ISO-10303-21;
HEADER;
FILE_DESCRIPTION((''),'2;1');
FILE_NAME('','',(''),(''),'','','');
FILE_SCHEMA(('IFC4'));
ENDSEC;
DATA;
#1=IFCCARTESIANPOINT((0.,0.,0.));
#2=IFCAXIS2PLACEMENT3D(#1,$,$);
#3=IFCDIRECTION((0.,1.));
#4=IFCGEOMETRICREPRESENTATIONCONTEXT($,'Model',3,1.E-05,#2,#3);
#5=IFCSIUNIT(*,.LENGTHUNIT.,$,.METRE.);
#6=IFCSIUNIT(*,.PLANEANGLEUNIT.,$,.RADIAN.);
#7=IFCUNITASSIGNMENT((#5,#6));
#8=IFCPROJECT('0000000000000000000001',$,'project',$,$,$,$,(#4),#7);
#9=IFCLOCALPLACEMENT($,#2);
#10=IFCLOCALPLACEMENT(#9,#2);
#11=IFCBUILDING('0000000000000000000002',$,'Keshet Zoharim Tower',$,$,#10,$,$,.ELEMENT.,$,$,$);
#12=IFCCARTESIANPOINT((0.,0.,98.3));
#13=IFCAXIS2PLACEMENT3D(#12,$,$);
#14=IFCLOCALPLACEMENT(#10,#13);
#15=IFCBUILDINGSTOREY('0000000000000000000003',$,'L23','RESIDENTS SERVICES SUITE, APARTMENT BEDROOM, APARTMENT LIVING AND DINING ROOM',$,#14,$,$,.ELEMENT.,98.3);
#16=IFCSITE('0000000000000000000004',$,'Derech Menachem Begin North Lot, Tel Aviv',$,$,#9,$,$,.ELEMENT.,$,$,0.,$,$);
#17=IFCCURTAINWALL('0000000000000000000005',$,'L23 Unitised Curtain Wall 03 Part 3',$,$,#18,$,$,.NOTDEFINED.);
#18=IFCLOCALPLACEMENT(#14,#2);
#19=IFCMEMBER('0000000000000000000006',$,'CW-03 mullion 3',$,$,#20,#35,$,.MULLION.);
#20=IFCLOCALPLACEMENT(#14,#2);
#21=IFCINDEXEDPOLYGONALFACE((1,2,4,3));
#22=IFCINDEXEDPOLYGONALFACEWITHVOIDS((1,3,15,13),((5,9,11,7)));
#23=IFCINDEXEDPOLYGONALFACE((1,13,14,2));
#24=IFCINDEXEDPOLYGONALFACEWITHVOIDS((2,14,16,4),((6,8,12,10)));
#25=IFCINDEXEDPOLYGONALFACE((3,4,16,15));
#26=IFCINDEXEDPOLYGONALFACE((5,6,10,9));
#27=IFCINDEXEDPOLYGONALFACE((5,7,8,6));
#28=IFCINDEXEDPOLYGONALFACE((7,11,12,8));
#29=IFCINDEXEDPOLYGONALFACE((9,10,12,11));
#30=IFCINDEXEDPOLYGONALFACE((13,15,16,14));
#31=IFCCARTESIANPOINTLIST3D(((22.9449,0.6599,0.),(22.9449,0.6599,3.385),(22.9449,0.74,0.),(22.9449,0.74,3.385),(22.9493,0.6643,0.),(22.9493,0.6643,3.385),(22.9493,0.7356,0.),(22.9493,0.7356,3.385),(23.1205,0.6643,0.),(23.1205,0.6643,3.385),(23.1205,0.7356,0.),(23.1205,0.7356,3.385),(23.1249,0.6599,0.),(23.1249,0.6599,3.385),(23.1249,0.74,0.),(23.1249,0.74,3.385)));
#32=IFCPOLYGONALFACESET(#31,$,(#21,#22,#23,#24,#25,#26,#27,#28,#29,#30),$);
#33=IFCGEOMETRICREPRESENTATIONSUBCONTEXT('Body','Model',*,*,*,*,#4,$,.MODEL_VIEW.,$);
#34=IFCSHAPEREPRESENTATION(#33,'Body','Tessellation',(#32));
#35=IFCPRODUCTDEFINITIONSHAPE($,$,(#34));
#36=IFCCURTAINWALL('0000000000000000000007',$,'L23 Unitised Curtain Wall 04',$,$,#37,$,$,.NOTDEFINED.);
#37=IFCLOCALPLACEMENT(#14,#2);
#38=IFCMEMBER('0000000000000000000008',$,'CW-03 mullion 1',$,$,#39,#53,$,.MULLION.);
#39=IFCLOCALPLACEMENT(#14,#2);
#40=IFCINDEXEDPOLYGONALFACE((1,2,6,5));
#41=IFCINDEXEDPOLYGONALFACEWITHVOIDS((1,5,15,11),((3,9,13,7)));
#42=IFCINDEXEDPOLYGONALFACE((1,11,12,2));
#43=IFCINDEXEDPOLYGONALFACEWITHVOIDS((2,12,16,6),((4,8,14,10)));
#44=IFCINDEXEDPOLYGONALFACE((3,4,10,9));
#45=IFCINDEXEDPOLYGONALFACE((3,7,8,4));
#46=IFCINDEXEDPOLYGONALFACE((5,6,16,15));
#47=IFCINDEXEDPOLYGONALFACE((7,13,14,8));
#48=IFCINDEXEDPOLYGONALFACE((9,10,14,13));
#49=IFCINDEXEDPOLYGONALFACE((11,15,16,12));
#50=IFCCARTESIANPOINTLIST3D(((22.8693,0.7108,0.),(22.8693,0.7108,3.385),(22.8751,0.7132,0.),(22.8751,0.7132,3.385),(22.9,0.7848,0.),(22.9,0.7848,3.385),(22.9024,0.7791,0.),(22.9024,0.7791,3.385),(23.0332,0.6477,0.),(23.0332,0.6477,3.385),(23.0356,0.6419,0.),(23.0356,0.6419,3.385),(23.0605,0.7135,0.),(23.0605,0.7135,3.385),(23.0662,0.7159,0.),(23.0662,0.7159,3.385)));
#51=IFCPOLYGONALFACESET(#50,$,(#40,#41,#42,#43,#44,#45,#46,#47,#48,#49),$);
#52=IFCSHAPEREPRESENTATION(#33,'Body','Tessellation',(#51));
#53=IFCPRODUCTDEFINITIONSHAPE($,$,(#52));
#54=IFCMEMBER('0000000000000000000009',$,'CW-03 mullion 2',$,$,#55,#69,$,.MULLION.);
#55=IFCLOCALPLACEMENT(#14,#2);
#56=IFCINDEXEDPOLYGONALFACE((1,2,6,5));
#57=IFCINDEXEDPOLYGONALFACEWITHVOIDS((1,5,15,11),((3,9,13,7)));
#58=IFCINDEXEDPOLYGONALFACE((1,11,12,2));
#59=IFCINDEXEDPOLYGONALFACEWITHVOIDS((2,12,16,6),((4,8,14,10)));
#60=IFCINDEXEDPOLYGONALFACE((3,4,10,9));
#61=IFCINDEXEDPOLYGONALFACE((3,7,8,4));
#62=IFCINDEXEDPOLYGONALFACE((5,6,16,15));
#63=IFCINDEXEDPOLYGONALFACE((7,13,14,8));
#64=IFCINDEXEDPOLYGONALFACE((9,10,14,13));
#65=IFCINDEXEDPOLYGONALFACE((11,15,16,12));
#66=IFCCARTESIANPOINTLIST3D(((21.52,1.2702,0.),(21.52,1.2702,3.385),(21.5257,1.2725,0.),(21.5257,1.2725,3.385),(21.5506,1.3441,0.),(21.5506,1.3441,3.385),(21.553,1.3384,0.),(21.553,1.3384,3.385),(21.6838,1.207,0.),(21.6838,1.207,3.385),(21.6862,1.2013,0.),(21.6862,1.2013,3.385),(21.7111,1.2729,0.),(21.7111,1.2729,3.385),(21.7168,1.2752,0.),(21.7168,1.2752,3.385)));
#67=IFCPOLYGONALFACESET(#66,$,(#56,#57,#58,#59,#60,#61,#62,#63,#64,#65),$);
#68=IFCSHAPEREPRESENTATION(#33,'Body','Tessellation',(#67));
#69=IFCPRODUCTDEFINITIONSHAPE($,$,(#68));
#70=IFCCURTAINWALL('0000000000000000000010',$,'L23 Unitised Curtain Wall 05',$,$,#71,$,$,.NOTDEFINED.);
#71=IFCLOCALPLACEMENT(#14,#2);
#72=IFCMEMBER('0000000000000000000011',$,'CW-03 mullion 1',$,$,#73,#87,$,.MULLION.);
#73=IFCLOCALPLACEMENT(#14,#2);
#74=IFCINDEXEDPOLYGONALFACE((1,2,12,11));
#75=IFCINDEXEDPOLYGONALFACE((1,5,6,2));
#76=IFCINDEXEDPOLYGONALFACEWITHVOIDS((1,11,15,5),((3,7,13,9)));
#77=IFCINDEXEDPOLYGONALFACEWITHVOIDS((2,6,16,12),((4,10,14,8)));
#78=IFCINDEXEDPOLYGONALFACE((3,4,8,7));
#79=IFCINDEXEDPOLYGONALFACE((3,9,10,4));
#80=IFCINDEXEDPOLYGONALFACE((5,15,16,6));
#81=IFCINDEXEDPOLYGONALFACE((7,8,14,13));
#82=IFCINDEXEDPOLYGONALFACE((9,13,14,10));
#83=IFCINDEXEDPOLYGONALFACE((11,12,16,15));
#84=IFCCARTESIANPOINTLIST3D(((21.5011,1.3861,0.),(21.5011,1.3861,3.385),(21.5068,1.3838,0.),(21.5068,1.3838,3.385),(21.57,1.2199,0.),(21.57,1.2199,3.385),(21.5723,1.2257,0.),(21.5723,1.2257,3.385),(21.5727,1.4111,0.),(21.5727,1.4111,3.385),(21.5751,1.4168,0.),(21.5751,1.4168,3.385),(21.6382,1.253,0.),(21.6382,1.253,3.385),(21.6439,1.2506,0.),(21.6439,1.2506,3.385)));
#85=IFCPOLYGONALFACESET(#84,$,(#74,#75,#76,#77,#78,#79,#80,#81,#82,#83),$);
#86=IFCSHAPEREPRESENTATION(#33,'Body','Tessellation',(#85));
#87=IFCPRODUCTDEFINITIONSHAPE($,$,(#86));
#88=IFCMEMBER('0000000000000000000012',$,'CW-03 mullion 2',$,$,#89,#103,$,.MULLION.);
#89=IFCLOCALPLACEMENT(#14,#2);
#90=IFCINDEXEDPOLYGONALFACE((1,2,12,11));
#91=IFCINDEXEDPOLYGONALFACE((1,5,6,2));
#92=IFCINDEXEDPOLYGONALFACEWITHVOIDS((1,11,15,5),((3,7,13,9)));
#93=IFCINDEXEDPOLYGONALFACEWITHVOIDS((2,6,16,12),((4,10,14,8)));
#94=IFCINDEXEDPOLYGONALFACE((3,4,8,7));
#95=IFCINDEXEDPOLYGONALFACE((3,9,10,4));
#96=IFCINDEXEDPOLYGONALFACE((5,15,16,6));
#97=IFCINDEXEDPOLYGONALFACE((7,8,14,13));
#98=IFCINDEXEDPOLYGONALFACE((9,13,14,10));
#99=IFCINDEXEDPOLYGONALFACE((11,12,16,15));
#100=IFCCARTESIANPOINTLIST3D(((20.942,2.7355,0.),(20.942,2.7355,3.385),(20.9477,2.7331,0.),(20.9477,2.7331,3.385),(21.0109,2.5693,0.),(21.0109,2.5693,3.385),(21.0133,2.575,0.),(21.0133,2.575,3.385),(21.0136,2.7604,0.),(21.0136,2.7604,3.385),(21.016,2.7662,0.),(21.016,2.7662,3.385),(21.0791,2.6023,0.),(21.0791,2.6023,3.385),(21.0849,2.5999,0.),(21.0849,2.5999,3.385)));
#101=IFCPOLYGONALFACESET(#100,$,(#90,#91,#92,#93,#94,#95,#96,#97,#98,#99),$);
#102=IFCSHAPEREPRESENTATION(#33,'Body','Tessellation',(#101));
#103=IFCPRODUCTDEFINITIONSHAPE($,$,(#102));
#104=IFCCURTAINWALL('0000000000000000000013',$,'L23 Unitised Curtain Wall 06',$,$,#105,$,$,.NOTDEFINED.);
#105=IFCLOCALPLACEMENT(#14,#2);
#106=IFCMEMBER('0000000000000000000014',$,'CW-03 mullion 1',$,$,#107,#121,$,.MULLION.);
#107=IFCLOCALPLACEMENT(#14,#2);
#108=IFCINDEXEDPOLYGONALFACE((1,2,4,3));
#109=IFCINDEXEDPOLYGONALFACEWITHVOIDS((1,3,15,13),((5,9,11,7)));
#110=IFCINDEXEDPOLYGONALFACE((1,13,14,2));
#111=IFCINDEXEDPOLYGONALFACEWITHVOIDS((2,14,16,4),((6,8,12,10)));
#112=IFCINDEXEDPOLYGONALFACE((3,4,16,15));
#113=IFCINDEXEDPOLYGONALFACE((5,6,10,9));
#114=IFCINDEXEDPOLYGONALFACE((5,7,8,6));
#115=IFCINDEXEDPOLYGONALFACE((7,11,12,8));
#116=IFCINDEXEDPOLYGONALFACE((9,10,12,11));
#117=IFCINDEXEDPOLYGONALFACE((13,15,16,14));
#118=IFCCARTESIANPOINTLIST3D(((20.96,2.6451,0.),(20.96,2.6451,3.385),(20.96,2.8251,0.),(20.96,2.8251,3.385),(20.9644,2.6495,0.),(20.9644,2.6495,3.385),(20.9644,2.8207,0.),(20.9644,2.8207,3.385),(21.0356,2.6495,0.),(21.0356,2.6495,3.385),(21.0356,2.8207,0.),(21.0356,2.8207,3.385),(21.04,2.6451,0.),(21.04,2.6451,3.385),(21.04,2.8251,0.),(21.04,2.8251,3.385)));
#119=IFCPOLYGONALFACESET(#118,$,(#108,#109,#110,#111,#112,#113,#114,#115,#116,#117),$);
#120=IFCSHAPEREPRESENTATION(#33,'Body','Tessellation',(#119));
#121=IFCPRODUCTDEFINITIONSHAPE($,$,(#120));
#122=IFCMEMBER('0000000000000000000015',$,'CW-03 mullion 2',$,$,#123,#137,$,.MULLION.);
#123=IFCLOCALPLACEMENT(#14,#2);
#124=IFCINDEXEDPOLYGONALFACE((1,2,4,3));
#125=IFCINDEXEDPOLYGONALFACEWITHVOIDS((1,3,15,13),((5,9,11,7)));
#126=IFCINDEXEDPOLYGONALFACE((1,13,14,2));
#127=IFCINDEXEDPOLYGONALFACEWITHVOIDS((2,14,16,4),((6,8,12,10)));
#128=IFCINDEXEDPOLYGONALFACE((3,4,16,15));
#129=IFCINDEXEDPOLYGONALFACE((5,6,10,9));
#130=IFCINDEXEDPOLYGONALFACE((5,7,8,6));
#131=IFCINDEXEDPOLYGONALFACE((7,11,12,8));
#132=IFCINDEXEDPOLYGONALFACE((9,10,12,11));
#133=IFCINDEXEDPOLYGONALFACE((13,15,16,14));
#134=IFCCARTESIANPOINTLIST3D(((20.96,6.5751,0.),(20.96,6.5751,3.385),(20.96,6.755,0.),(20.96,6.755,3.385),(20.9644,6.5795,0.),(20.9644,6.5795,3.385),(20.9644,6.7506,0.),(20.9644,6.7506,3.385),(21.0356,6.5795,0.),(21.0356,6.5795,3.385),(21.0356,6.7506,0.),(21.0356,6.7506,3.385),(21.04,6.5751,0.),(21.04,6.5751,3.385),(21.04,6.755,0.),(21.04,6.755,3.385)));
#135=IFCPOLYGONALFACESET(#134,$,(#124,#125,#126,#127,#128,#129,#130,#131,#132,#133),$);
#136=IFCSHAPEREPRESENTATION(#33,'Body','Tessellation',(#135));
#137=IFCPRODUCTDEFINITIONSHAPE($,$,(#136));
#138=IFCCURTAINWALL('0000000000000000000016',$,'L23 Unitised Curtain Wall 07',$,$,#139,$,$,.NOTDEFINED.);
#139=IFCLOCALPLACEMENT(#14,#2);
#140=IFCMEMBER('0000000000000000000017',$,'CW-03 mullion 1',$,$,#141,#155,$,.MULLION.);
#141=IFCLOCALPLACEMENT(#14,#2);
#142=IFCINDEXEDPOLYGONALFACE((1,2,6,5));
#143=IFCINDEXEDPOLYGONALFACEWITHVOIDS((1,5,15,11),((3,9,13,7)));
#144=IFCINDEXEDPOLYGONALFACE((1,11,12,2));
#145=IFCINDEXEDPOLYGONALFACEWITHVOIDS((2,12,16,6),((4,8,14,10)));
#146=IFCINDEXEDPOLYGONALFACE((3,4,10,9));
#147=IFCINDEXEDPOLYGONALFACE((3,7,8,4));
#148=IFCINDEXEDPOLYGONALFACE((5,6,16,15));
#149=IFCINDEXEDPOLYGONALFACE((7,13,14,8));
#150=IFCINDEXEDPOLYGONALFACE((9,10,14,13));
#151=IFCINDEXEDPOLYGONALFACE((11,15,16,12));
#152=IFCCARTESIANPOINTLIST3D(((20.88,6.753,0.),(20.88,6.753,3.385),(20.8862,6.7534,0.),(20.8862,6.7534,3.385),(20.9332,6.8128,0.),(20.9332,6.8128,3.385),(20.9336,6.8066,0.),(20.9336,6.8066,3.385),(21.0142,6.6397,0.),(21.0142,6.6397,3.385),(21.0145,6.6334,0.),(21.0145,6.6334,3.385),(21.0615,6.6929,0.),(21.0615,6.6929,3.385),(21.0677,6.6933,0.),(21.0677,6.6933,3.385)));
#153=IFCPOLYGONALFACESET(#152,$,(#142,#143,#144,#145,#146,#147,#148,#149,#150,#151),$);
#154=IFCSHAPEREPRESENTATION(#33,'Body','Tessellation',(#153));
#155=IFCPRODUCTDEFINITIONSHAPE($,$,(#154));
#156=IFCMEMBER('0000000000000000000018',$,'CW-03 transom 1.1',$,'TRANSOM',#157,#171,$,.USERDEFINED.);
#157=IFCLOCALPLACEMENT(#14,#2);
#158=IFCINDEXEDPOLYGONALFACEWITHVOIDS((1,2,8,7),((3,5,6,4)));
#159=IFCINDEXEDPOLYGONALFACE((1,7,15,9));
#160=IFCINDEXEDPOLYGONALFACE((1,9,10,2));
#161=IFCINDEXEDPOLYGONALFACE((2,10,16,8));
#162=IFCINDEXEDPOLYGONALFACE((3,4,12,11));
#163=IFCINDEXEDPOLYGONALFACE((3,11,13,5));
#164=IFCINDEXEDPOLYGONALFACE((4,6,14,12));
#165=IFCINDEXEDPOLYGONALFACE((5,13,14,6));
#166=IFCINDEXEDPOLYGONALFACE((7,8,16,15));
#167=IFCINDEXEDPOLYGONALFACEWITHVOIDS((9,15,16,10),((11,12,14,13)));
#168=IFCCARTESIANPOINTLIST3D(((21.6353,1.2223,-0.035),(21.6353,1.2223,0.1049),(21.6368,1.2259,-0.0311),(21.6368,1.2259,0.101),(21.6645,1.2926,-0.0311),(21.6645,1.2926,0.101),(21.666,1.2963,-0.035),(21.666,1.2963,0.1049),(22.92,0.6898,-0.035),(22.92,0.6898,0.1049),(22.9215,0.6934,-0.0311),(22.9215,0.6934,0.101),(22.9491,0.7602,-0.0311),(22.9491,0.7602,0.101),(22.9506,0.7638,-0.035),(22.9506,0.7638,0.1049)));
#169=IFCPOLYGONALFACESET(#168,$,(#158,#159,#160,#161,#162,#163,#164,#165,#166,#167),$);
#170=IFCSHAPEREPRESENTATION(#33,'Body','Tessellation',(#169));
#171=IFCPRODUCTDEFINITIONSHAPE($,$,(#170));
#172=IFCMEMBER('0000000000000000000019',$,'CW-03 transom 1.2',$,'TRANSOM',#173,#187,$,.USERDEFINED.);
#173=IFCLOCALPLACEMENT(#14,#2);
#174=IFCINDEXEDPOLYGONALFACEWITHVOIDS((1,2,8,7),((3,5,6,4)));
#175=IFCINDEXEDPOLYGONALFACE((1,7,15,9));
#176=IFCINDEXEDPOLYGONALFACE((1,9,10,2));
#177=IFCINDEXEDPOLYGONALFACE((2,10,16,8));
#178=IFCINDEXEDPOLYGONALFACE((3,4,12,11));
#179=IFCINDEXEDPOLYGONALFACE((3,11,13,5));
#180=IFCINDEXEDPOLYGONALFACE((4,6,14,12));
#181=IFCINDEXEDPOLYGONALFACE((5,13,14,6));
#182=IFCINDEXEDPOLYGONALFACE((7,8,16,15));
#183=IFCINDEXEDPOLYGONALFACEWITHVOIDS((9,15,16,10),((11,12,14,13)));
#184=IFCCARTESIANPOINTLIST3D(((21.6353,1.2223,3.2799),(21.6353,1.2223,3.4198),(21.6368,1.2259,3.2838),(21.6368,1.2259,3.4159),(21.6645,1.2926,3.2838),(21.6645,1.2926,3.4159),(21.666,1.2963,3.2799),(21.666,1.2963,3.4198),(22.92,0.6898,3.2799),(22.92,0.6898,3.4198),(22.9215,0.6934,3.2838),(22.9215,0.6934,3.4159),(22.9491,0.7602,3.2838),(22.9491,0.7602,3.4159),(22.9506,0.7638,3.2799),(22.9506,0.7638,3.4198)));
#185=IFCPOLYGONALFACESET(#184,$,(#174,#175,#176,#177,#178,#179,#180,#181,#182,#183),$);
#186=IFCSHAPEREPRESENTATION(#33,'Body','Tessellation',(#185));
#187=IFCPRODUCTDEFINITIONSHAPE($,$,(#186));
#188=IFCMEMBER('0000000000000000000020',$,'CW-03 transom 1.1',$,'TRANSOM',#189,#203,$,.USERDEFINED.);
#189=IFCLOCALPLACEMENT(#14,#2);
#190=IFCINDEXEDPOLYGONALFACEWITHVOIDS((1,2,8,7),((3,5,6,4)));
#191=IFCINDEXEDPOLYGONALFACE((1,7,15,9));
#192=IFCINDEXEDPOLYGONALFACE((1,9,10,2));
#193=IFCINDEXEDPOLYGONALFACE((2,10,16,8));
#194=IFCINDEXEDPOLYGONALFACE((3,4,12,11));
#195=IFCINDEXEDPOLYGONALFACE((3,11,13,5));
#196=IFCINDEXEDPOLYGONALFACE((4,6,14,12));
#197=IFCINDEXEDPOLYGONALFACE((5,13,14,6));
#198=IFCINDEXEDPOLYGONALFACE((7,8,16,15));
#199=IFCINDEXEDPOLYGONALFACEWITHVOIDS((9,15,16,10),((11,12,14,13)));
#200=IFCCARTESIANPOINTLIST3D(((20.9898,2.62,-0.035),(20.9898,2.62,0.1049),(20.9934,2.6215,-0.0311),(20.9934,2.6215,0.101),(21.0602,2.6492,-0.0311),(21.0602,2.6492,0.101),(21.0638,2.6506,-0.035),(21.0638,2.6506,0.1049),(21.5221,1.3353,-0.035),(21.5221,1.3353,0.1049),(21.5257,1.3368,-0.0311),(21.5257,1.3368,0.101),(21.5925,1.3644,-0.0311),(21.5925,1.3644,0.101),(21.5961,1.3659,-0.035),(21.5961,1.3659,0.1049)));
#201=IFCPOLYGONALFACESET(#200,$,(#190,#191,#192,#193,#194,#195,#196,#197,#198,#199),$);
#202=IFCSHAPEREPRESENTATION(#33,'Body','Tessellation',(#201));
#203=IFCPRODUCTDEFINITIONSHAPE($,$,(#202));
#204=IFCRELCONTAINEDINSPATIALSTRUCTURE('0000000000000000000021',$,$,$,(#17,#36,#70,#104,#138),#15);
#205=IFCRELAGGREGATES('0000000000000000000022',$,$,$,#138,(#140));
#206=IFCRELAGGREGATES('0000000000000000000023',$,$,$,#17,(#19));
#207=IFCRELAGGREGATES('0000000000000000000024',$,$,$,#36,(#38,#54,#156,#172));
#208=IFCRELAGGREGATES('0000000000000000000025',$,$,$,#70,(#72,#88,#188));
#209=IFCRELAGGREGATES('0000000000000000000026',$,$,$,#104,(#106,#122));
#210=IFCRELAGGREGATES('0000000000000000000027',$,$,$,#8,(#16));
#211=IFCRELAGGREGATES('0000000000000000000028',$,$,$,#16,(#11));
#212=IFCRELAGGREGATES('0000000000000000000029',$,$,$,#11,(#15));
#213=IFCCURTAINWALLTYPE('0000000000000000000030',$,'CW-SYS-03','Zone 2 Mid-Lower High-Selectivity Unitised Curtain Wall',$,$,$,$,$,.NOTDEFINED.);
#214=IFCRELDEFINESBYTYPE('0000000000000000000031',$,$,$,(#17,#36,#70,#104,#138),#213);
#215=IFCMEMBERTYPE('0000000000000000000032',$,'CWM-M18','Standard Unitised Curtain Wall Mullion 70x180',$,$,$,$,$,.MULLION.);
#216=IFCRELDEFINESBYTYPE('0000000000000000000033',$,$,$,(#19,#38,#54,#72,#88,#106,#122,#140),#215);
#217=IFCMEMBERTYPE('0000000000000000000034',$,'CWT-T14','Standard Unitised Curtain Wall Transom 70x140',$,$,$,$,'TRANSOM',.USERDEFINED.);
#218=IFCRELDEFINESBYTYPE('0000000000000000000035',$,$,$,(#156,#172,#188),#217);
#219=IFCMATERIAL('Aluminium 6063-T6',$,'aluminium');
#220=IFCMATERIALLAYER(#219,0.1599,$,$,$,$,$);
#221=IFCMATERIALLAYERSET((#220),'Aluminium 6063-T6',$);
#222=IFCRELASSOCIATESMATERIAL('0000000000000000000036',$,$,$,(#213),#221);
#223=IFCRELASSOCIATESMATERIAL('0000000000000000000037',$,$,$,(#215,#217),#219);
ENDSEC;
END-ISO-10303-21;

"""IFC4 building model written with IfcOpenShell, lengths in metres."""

from ifc_helpers import new_model, si_unit, direction, frame, origin, origin_2d, place, context, subcontext, project, spatial, hollow_rectangle, extrude, material, layer, layer_set, material_profile, profile_set, type_object, element, aggregate, save


model = new_model("IFC4")

# Units and contexts
model_context = context("Model", 3, precision=1e-05, world=origin(), true_north=direction((0.0, 1.0)))
body_context = subcontext(model_context, "Body", "Model", "MODEL_VIEW")
ifc_project = project(units=[si_unit("LENGTHUNIT", "METRE"), si_unit("PLANEANGLEUNIT", "RADIAN")], contexts=[model_context])

# Site, building, storey
site_placement = place(None, origin())
site = spatial("IfcSite", under=ifc_project, at=site_placement, Name="Derech Menachem Begin North Lot, Tel Aviv", CompositionType="ELEMENT", RefElevation=0.0)
building_placement = place(site_placement, origin())
building = spatial("IfcBuilding", under=site, at=building_placement, Name="Keshet Zoharim Tower", CompositionType="ELEMENT")
storey_placement = place(building_placement, frame((0.0, 0.0, 98.3)))
storey = spatial("IfcBuildingStorey", under=building, at=storey_placement, Name="L23", Description="RESIDENTS SERVICES SUITE, APARTMENT BEDROOM, APARTMENT LIVING AND DINING ROOM", CompositionType="ELEMENT", Elevation=98.3)

# Curtain wall, member
ifc_material_1 = material(Name="Aluminium 6063-T6", Category="aluminium")
ifc_layer_1 = layer(ifc_material_1, 0.1599)
ifc_layer_set_1 = layer_set([ifc_layer_1], Name="Aluminium 6063-T6")
curtain_wall_type = type_object("IfcCurtainWallType", Name="CW-SYS-03", Description="Zone 2 Mid-Lower High-Selectivity Unitised Curtain Wall", PredefinedType="NOTDEFINED", material=ifc_layer_set_1)
curtain_wall_1_placement = place(storey_placement, origin())
curtain_wall_1 = element("IfcCurtainWall", 1, at=curtain_wall_1_placement, inside=storey, type_object=curtain_wall_type, Name="L23 Unitised Curtain Wall 03 Part 3", PredefinedType="NOTDEFINED")
ifc_material_profile_1 = material_profile(ifc_material_1, hollow_rectangle(XDim=0.0801, YDim=0.1799, WallThickness=0.0044, at=origin_2d()), Name="MUL-80x180")
ifc_profile_set_1 = profile_set([ifc_material_profile_1], Name="Aluminium 6063-T6")
member_type_1 = type_object("IfcMemberType", Name="CWM-M18", Description="Standard Unitised Curtain Wall Mullion 70x180", PredefinedType="MULLION", material=ifc_profile_set_1)
member_1_placement = place(storey_placement, frame((23.0349, 0.7, 0.0), z_axis=(0.0, 0.0, 1.0), x_axis=(0.0, -1.0, 0.0)))
member_1 = element("IfcMember", 2, at=member_1_placement, type_object=member_type_1, Name="CW-03 mullion 3", PredefinedType="MULLION", context=body_context, shape_type="SweptSolid", body=[
    extrude(hollow_rectangle(XDim=0.0801, YDim=0.1799, WallThickness=0.0044, at=origin_2d()), origin(), (0.0, 0.0, 1.0), 3.385),
])

# Curtain walls, members
curtain_wall_2_placement = place(storey_placement, origin())
curtain_wall_2 = element("IfcCurtainWall", 3, at=curtain_wall_2_placement, inside=storey, type_object=curtain_wall_type, Name="L23 Unitised Curtain Wall 04", PredefinedType="NOTDEFINED")
member_2_placement = place(storey_placement, frame((22.9678, 0.7134, 0.0), z_axis=(0.0, 0.0, 1.0), x_axis=(-0.382852, -0.92381, 0.0)))
member_2 = element("IfcMember", 4, at=member_2_placement, type_object=member_type_1, Name="CW-03 mullion 1", PredefinedType="MULLION", context=body_context, shape_type="SweptSolid", body=[
    extrude(hollow_rectangle(XDim=0.0801, YDim=0.1799, WallThickness=0.0044, at=origin_2d()), origin(), (0.0, 0.0, 1.0), 3.385),
])
member_3_placement = place(storey_placement, frame((21.6184, 1.2727, 0.0), z_axis=(0.0, 0.0, 1.0), x_axis=(-0.382852, -0.92381, 0.0)))
member_3 = element("IfcMember", 5, at=member_3_placement, type_object=member_type_1, Name="CW-03 mullion 2", PredefinedType="MULLION", context=body_context, shape_type="SweptSolid", body=[
    extrude(hollow_rectangle(XDim=0.0801, YDim=0.1799, WallThickness=0.0044, at=origin_2d()), origin(), (0.0, 0.0, 1.0), 3.385),
])
curtain_wall_3_placement = place(storey_placement, origin())
curtain_wall_3 = element("IfcCurtainWall", 6, at=curtain_wall_3_placement, inside=storey, type_object=curtain_wall_type, Name="L23 Unitised Curtain Wall 05", PredefinedType="NOTDEFINED")
member_4_placement = place(storey_placement, frame((21.5725, 1.3184, 0.0), z_axis=(0.0, 0.0, 1.0), x_axis=(-0.92381, -0.382852, 0.0)))
member_4 = element("IfcMember", 7, at=member_4_placement, type_object=member_type_1, Name="CW-03 mullion 1", PredefinedType="MULLION", context=body_context, shape_type="SweptSolid", body=[
    extrude(hollow_rectangle(XDim=0.0801, YDim=0.1799, WallThickness=0.0044, at=origin_2d()), origin(), (0.0, 0.0, 1.0), 3.385),
])
member_5_placement = place(storey_placement, frame((21.0134, 2.6677, 0.0), z_axis=(0.0, 0.0, 1.0), x_axis=(-0.92381, -0.382852, 0.0)))
member_5 = element("IfcMember", 8, at=member_5_placement, type_object=member_type_1, Name="CW-03 mullion 2", PredefinedType="MULLION", context=body_context, shape_type="SweptSolid", body=[
    extrude(hollow_rectangle(XDim=0.0801, YDim=0.1799, WallThickness=0.0044, at=origin_2d()), origin(), (0.0, 0.0, 1.0), 3.385),
])
curtain_wall_4_placement = place(storey_placement, origin())
curtain_wall_4 = element("IfcCurtainWall", 9, at=curtain_wall_4_placement, inside=storey, type_object=curtain_wall_type, Name="L23 Unitised Curtain Wall 06", PredefinedType="NOTDEFINED")
member_6_placement = place(storey_placement, frame((21.0, 2.7351, 0.0), z_axis=(0.0, 0.0, 1.0), x_axis=(-1.0, 0.0, 0.0)))
member_6 = element("IfcMember", 10, at=member_6_placement, type_object=member_type_1, Name="CW-03 mullion 1", PredefinedType="MULLION", context=body_context, shape_type="SweptSolid", body=[
    extrude(hollow_rectangle(XDim=0.0801, YDim=0.1799, WallThickness=0.0044, at=origin_2d()), origin(), (0.0, 0.0, 1.0), 3.385),
])
member_7_placement = place(storey_placement, frame((21.0, 6.665, 0.0), z_axis=(0.0, 0.0, 1.0), x_axis=(-1.0, 0.0, 0.0)))
member_7 = element("IfcMember", 11, at=member_7_placement, type_object=member_type_1, Name="CW-03 mullion 2", PredefinedType="MULLION", context=body_context, shape_type="SweptSolid", body=[
    extrude(hollow_rectangle(XDim=0.0801, YDim=0.1799, WallThickness=0.0044, at=origin_2d()), origin(), (0.0, 0.0, 1.0), 3.385),
])

# Curtain wall, member
curtain_wall_5_placement = place(storey_placement, origin())
curtain_wall_5 = element("IfcCurtainWall", 12, at=curtain_wall_5_placement, inside=storey, type_object=curtain_wall_type, Name="L23 Unitised Curtain Wall 07", PredefinedType="NOTDEFINED")
member_8_placement = place(storey_placement, frame((20.9739, 6.7231, 0.0), z_axis=(0.0, 0.0, 1.0), x_axis=(-0.66436, -0.747412, 0.0)))
member_8 = element("IfcMember", 13, at=member_8_placement, type_object=member_type_1, Name="CW-03 mullion 1", PredefinedType="MULLION", context=body_context, shape_type="SweptSolid", body=[
    extrude(hollow_rectangle(XDim=0.0801, YDim=0.1799, WallThickness=0.0044, at=origin_2d()), origin(), (0.0, 0.0, 1.0), 3.385),
])

# Members
ifc_material_profile_2 = material_profile(ifc_material_1, hollow_rectangle(XDim=0.0801, YDim=0.1399, WallThickness=0.0039, at=origin_2d()), Name="TRN-80x140")
ifc_profile_set_2 = profile_set([ifc_material_profile_2], Name="Aluminium 6063-T6")
member_type_2 = type_object("IfcMemberType", Name="CWT-T14", Description="Standard Unitised Curtain Wall Transom 70x140", ElementType="TRANSOM", PredefinedType="USERDEFINED", material=ifc_profile_set_2)
member_9_placement = place(storey_placement, frame((22.9353, 0.7268, 0.0349), z_axis=(-0.923792, 0.382894, 0.0), x_axis=(-0.382894, -0.923792, 0.0)))
member_9 = element("IfcMember", 14, at=member_9_placement, type_object=member_type_2, Name="CW-03 transom 1.1", ObjectType="TRANSOM", PredefinedType="USERDEFINED", context=body_context, shape_type="SweptSolid", body=[
    extrude(hollow_rectangle(XDim=0.0801, YDim=0.1399, WallThickness=0.0039, at=origin_2d()), origin(), (0.0, 0.0, 1.0), 1.3906),
])
member_10_placement = place(storey_placement, frame((22.9353, 0.7268, 3.3499), z_axis=(-0.923792, 0.382894, 0.0), x_axis=(-0.382894, -0.923792, 0.0)))
member_10 = element("IfcMember", 15, at=member_10_placement, type_object=member_type_2, Name="CW-03 transom 1.2", ObjectType="TRANSOM", PredefinedType="USERDEFINED", context=body_context, shape_type="SweptSolid", body=[
    extrude(hollow_rectangle(XDim=0.0801, YDim=0.1399, WallThickness=0.0039, at=origin_2d()), origin(), (0.0, 0.0, 1.0), 1.3906),
])
member_11_placement = place(storey_placement, frame((21.5591, 1.3506, 0.0349), z_axis=(-0.382745, 0.923854, 0.0), x_axis=(-0.923854, -0.382745, 0.0)))
member_11 = element("IfcMember", 16, at=member_11_placement, type_object=member_type_2, Name="CW-03 transom 1.1", ObjectType="TRANSOM", PredefinedType="USERDEFINED", context=body_context, shape_type="SweptSolid", body=[
    extrude(hollow_rectangle(XDim=0.0801, YDim=0.1399, WallThickness=0.0039, at=origin_2d()), origin(), (0.0, 0.0, 1.0), 1.3906),
])
aggregate(curtain_wall_5, [member_8])

aggregate(curtain_wall_1, [member_1])
aggregate(curtain_wall_2, [member_2, member_3, member_9, member_10])
aggregate(curtain_wall_3, [member_4, member_5, member_11])
aggregate(curtain_wall_4, [member_6, member_7])

save(model, "model.ifc")
